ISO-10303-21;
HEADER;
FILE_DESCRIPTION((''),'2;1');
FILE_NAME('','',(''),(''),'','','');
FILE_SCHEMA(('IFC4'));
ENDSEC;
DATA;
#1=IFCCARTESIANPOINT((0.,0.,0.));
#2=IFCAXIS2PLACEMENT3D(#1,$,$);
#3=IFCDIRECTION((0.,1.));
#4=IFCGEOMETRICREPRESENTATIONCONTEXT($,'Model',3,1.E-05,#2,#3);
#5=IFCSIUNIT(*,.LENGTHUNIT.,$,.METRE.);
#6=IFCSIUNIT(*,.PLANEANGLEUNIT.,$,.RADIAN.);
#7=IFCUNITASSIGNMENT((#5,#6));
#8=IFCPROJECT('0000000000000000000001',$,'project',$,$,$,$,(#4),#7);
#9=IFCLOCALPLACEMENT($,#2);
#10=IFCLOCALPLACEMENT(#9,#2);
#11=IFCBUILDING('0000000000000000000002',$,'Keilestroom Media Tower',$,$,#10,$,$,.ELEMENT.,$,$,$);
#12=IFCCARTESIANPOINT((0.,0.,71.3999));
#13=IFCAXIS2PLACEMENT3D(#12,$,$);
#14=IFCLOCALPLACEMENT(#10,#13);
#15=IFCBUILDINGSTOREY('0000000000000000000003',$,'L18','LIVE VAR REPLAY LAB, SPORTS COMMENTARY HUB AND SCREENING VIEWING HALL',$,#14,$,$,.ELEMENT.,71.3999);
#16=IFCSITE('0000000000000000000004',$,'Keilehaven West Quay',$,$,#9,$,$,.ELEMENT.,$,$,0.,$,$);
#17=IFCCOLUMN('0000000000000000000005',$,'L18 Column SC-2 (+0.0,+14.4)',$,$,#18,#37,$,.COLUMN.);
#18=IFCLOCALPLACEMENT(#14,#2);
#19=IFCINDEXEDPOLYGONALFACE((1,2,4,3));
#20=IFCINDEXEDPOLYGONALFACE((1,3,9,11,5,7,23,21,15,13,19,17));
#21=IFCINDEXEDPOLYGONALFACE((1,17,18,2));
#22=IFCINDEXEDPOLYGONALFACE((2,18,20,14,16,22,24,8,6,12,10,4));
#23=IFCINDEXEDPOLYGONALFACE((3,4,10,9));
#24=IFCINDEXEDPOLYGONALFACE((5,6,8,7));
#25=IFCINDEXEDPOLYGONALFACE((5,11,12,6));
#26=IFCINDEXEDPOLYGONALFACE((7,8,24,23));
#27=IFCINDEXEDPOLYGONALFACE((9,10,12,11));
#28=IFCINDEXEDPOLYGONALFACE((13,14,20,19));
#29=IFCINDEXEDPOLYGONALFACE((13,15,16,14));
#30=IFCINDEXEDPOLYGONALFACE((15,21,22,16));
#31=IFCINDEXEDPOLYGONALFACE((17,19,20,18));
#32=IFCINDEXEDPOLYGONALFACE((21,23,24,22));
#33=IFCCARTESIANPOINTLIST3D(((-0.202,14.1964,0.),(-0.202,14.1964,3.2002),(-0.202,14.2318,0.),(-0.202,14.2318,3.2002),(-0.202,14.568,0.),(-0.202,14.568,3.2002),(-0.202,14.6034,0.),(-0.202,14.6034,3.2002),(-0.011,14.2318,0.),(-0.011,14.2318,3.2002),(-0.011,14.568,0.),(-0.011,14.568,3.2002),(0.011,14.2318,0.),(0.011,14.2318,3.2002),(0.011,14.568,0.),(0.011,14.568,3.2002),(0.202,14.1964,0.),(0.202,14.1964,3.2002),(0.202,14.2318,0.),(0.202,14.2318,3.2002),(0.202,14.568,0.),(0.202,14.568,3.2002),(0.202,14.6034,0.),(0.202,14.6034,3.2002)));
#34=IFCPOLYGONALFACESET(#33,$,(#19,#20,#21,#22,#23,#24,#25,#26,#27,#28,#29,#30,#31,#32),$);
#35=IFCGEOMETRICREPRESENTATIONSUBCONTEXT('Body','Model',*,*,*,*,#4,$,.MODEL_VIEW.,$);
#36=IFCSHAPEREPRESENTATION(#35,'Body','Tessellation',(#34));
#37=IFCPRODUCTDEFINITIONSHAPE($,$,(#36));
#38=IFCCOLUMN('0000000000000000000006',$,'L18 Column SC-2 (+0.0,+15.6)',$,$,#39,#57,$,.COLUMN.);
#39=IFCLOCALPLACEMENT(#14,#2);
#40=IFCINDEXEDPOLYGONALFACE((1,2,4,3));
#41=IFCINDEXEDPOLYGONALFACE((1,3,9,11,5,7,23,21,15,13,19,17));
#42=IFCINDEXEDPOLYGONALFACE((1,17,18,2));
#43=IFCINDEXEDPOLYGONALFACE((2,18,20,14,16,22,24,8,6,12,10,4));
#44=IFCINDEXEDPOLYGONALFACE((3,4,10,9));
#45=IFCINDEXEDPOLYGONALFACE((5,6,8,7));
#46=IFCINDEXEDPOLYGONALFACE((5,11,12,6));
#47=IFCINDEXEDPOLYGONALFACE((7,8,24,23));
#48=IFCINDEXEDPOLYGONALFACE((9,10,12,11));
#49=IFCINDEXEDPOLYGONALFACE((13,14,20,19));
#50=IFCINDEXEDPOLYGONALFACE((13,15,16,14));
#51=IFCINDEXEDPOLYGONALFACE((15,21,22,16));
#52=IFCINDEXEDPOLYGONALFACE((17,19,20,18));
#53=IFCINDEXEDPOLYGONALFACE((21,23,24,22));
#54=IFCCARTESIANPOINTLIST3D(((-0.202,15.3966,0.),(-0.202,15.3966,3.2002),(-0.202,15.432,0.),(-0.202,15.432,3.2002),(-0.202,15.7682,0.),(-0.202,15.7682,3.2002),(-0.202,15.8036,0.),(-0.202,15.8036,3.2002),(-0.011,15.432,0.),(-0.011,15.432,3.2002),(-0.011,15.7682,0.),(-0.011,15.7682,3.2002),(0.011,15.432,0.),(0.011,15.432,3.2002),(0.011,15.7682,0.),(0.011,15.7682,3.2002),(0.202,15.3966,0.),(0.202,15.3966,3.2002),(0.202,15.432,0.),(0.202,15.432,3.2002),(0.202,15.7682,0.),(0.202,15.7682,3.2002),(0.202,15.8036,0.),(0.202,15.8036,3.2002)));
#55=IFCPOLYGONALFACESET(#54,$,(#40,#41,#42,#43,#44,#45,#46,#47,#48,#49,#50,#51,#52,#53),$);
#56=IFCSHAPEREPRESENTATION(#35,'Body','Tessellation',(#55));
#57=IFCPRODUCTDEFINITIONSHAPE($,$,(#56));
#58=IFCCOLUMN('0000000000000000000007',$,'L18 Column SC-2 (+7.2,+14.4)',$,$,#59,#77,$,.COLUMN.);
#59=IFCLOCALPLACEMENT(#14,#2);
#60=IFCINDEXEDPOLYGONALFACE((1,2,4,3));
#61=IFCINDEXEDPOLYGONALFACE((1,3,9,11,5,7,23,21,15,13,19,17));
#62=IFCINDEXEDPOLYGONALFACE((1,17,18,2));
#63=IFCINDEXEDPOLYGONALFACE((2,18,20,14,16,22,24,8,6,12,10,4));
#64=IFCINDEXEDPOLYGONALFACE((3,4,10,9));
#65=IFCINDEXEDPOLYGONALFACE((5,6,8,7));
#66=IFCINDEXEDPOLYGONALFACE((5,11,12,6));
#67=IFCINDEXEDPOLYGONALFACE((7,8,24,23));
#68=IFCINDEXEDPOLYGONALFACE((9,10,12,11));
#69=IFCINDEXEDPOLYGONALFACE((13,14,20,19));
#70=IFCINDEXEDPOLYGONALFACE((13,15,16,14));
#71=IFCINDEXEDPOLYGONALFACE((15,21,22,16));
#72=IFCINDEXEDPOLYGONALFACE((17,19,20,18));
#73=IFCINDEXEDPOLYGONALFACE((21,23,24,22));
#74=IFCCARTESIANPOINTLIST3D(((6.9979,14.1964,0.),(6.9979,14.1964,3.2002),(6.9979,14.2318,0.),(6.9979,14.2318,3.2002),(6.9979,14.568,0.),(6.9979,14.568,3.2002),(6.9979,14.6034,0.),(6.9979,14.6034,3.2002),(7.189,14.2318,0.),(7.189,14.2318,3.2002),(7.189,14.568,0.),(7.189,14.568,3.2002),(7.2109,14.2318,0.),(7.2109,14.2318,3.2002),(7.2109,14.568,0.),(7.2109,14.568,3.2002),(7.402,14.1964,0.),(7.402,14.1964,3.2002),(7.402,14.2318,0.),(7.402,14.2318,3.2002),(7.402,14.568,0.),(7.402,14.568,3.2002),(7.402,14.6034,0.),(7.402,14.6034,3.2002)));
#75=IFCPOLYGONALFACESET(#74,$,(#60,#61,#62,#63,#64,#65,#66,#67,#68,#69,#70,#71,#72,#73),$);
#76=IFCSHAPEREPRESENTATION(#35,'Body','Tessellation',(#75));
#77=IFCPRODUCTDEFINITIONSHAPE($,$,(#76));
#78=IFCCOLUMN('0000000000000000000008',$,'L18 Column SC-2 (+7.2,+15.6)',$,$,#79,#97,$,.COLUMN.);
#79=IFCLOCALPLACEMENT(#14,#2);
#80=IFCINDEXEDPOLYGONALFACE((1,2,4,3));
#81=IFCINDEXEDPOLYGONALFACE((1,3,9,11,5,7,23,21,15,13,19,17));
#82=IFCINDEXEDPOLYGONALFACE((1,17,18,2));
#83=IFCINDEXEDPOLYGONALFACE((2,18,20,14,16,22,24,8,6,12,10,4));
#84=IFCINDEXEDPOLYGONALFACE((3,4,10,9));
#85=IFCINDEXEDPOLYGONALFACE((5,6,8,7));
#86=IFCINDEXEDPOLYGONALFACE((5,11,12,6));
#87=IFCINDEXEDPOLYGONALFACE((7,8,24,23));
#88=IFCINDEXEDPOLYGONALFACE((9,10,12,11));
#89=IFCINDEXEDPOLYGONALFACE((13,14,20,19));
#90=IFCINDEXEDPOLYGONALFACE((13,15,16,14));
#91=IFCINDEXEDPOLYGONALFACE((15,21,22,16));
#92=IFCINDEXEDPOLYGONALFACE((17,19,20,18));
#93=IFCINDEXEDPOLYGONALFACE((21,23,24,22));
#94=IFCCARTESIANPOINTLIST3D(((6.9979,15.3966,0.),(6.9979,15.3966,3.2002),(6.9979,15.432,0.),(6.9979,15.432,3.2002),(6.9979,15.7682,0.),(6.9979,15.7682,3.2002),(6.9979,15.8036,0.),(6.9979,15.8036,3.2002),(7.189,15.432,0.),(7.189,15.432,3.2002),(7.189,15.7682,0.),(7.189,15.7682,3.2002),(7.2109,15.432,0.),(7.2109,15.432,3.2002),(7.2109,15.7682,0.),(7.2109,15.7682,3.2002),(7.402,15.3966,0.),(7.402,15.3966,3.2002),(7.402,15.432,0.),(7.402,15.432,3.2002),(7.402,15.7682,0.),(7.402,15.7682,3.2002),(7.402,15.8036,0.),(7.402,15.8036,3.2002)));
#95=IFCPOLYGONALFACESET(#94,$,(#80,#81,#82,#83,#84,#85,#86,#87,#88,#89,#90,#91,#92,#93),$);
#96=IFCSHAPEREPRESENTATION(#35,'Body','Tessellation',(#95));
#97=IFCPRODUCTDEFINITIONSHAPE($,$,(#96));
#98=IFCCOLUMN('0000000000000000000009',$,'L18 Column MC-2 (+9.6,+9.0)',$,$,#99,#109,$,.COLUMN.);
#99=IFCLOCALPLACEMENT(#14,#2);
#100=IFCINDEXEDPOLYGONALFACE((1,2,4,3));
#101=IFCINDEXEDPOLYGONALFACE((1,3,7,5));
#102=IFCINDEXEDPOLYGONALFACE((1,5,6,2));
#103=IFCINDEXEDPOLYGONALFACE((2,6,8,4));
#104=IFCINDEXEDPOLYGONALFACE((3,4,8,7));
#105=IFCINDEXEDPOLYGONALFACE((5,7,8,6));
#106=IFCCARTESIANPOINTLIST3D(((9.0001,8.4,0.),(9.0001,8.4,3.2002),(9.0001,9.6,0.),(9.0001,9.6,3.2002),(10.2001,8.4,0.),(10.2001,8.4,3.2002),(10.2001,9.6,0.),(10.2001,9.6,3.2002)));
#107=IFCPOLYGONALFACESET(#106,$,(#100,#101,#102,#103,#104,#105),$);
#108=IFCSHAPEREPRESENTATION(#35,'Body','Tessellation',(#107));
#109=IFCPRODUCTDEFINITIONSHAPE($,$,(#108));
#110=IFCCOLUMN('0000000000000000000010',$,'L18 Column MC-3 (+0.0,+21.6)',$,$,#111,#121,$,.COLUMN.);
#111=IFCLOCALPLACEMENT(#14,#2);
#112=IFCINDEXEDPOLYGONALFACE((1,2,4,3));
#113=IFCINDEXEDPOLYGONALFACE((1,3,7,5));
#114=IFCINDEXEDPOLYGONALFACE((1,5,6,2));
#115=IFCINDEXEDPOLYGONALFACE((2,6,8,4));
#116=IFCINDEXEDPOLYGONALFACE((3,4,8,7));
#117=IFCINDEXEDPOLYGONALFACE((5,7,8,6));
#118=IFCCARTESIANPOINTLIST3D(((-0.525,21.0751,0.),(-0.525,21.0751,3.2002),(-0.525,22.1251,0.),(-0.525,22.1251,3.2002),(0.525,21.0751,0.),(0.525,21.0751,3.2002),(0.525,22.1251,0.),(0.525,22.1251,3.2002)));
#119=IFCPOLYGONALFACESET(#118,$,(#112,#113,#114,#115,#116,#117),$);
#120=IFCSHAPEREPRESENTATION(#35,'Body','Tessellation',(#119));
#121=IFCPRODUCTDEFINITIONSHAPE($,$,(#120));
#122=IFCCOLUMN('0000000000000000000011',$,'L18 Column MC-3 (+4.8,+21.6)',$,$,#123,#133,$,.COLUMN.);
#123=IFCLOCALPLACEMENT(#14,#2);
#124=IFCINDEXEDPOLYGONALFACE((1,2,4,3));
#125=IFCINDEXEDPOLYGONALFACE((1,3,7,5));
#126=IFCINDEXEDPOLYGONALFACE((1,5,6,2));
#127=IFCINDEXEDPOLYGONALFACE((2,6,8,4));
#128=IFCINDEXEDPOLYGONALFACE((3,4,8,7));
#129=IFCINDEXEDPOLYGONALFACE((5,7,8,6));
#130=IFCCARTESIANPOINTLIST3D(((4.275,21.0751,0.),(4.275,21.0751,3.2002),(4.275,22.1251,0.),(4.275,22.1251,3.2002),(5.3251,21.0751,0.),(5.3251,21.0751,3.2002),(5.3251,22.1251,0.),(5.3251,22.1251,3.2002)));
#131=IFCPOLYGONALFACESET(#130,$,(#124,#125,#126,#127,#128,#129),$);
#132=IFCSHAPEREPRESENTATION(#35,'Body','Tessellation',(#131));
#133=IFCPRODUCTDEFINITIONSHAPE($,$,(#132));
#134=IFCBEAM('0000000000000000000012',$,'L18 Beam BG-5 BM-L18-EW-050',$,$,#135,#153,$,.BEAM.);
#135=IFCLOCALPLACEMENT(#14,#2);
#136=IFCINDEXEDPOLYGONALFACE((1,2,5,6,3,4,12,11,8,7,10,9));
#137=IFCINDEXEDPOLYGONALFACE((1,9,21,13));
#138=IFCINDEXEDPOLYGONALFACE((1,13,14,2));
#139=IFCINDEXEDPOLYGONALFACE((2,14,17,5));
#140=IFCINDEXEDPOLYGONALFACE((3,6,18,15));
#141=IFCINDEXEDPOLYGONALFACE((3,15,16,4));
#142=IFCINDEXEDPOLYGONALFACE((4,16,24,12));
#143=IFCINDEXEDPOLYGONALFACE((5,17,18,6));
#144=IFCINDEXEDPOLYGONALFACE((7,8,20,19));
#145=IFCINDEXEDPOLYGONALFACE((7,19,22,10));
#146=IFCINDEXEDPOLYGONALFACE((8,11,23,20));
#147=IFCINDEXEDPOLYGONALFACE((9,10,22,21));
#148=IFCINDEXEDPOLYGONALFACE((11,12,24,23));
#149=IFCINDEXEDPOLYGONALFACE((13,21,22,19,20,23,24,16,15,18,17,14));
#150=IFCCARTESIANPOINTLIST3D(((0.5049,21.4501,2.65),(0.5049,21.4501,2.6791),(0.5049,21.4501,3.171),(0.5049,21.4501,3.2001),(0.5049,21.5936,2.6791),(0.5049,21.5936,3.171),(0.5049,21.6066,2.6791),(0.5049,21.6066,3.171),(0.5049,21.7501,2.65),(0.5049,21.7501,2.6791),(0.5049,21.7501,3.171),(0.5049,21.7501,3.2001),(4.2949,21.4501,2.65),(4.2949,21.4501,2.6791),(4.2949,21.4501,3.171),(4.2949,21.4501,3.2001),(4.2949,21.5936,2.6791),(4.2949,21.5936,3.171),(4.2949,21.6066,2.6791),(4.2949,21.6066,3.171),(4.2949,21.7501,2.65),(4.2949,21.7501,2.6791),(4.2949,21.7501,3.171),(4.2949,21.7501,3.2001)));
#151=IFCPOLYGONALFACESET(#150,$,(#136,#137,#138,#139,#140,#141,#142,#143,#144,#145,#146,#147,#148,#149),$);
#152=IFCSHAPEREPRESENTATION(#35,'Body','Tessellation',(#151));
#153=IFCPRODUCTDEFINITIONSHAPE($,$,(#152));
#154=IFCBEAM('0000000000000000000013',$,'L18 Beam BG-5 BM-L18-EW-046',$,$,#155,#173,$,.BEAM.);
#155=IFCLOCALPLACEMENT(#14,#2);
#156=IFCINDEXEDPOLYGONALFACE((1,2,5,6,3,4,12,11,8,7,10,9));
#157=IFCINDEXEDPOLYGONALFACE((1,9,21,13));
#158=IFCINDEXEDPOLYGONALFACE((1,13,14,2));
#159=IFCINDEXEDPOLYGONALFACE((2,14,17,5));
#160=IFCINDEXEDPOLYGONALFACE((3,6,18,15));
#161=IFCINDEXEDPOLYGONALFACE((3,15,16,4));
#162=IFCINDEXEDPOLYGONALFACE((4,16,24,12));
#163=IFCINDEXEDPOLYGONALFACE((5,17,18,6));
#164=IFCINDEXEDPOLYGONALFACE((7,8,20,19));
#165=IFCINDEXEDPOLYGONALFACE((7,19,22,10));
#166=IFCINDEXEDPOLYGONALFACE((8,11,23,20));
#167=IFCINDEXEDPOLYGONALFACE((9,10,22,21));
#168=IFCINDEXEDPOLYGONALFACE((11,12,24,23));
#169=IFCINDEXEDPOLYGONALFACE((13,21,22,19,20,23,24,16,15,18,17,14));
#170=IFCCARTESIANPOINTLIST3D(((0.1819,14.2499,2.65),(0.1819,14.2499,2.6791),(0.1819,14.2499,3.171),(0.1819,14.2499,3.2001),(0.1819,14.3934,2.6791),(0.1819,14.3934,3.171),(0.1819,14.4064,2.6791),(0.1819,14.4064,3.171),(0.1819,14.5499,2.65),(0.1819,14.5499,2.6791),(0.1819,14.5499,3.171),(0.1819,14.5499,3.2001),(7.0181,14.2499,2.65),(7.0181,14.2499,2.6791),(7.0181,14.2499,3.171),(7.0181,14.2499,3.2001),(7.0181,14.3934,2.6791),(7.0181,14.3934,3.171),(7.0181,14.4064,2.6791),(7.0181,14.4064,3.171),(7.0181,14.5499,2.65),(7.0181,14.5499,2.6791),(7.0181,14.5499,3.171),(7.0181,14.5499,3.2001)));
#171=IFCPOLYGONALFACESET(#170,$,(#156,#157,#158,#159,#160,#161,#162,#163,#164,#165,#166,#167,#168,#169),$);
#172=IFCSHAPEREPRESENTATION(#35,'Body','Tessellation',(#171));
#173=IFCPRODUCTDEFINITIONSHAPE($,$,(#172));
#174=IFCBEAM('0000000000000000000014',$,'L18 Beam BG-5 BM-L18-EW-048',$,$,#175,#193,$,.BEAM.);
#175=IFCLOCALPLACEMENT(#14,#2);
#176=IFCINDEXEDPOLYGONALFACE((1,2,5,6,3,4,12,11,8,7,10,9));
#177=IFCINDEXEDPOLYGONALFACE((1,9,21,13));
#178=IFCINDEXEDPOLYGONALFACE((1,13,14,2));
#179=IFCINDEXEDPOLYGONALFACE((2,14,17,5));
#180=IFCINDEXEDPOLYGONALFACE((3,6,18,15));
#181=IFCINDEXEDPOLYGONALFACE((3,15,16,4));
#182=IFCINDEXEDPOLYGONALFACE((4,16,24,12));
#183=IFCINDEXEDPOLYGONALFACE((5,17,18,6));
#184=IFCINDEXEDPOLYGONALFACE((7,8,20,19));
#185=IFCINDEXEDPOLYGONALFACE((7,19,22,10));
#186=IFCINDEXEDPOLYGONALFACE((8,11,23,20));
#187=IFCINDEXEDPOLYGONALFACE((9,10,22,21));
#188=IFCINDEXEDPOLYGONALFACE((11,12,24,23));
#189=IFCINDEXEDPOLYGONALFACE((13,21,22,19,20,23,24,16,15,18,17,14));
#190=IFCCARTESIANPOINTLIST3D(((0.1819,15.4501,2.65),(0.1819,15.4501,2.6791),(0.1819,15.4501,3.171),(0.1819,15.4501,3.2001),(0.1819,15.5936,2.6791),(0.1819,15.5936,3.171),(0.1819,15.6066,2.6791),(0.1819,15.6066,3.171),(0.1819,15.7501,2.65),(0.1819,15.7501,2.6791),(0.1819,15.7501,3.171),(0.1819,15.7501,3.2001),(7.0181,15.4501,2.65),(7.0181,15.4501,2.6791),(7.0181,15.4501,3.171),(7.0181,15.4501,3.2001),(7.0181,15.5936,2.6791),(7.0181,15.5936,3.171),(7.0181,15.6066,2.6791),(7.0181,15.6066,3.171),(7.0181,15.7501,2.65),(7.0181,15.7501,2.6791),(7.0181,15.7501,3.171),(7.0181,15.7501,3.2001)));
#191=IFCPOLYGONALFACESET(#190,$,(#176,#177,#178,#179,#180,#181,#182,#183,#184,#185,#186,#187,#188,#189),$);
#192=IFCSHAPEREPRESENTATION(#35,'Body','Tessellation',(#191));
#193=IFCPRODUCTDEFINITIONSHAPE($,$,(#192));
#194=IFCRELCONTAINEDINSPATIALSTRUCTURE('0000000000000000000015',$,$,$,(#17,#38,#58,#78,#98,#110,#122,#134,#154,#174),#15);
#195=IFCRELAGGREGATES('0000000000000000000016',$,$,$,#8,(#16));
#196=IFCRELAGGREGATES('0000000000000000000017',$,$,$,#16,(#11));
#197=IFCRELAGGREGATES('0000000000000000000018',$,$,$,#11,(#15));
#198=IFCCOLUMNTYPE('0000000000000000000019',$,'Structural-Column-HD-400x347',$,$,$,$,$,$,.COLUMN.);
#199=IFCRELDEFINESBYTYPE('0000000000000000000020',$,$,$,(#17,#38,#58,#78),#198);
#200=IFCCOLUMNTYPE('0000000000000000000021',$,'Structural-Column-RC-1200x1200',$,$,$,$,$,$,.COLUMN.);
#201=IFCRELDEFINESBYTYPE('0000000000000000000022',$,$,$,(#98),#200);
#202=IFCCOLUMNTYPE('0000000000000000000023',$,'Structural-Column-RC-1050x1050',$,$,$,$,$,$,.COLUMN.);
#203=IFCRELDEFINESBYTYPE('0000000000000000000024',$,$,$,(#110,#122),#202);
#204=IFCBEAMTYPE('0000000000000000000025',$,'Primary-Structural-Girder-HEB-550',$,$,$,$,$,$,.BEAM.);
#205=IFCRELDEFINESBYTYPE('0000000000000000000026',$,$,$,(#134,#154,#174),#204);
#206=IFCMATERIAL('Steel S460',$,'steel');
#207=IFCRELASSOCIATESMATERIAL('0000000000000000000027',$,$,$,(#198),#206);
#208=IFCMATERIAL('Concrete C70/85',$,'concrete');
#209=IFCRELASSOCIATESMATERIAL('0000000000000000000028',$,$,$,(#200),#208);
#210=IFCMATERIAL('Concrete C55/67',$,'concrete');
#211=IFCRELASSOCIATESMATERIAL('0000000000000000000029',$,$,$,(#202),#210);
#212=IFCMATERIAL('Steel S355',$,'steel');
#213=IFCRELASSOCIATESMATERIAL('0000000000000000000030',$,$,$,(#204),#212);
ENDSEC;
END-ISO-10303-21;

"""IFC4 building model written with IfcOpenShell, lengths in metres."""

from ifc_helpers import new_model, si_unit, direction, frame, origin, origin_2d, place, context, subcontext, project, spatial, rectangle, i_section, extrude, source, transform, mapped, material, material_profile, profile_set, type_object, element, save


model = new_model("IFC4")

# Units and contexts
model_context = context("Model", 3, precision=1e-05, world=origin(), true_north=direction((0.0, 1.0)))
body_context = subcontext(model_context, "Body", "Model", "MODEL_VIEW")
ifc_project = project(units=[si_unit("LENGTHUNIT", "METRE"), si_unit("PLANEANGLEUNIT", "RADIAN")], contexts=[model_context])

# Site, building, storey
site_placement = place(None, origin())
site = spatial("IfcSite", under=ifc_project, at=site_placement, Name="Keilehaven West Quay", CompositionType="ELEMENT", RefElevation=0.0)
building_placement = place(site_placement, origin())
building = spatial("IfcBuilding", under=site, at=building_placement, Name="Keilestroom Media Tower", CompositionType="ELEMENT")
storey_placement = place(building_placement, frame((0.0, 0.0, 71.3999)))
storey = spatial("IfcBuildingStorey", under=building, at=storey_placement, Name="L18", Description="LIVE VAR REPLAY LAB, SPORTS COMMENTARY HUB AND SCREENING VIEWING HALL", CompositionType="ELEMENT", Elevation=71.3999)

# Columns
ifc_material_1 = material(Name="Steel S460", Category="steel")
ifc_material_profile_1 = material_profile(ifc_material_1, i_section(OverallWidth=0.4041, OverallDepth=0.407, WebThickness=0.022, FlangeThickness=0.0354, at=origin_2d()), Name="HD 400x347")
ifc_profile_set_1 = profile_set([ifc_material_profile_1], Name="Steel S460")
column_type_1 = type_object("IfcColumnType", Name="Structural-Column-HD-400x347", PredefinedType="COLUMN", material=ifc_profile_set_1)
shared_shape_1 = source(origin(), body_context, "Body", "SweptSolid", [
    extrude(i_section(OverallWidth=0.4041, OverallDepth=0.407, WebThickness=0.022, FlangeThickness=0.0354, at=origin_2d()), origin(), (0.0, 0.0, 1.0), 3.2002),
])
for number, where, z_axis, x_axis, name in (
    (1, (0.0, 14.3999, 0.0), (0.0, 0.0, 1.0), (1.0, 0.0, 0.0), "L18 Column SC-2 (+0.0,+14.4)"),
    (2, (0.0, 15.6001, 0.0), (0.0, 0.0, 1.0), (1.0, 0.0, 0.0), "L18 Column SC-2 (+0.0,+15.6)"),
    (3, (7.2, 14.3999, 0.0), (0.0, 0.0, 1.0), (1.0, 0.0, 0.0), "L18 Column SC-2 (+7.2,+14.4)"),
    (4, (7.2, 15.6001, 0.0), (0.0, 0.0, 1.0), (1.0, 0.0, 0.0), "L18 Column SC-2 (+7.2,+15.6)"),
):
    element("IfcColumn", number, at=place(storey_placement, frame(where, z_axis=z_axis, x_axis=x_axis)), inside=storey, type_object=column_type_1, Name=name, PredefinedType="COLUMN", context=body_context, shape_type="MappedRepresentation", body=[
        mapped(shared_shape_1, transform((0.0, 0.0, 0.0), x_axis=(1.0, 0.0, 0.0), y_axis=(0.0, 1.0, 0.0), z_axis=(0.0, 0.0, 1.0), scale=1.0)),
    ])
ifc_material_2 = material(Name="Concrete C70/85", Category="concrete")
ifc_material_profile_2 = material_profile(ifc_material_2, rectangle(XDim=1.2, YDim=1.2, at=origin_2d()), Name="RC 1200x1200")
ifc_profile_set_2 = profile_set([ifc_material_profile_2], Name="Concrete C70/85")
column_type_2 = type_object("IfcColumnType", Name="Structural-Column-RC-1200x1200", PredefinedType="COLUMN", material=ifc_profile_set_2)
shared_shape_2 = source(origin(), body_context, "Body", "SweptSolid", [
    extrude(rectangle(XDim=1.2, YDim=1.2, at=origin_2d()), origin(), (0.0, 0.0, 1.0), 3.2002),
])
column_placement = place(storey_placement, frame((9.6001, 9.0, 0.0), z_axis=(0.0, 0.0, 1.0), x_axis=(1.0, 0.0, 0.0)))
element("IfcColumn", 5, at=column_placement, inside=storey, type_object=column_type_2, Name="L18 Column MC-2 (+9.6,+9.0)", PredefinedType="COLUMN", context=body_context, shape_type="MappedRepresentation", body=[
    mapped(shared_shape_2, transform((0.0, 0.0, 0.0), x_axis=(1.0, 0.0, 0.0), y_axis=(0.0, 1.0, 0.0), z_axis=(0.0, 0.0, 1.0), scale=1.0)),
])
ifc_material_3 = material(Name="Concrete C55/67", Category="concrete")
ifc_material_profile_3 = material_profile(ifc_material_3, rectangle(XDim=1.05, YDim=1.05, at=origin_2d()), Name="RC 1050x1050")
ifc_profile_set_3 = profile_set([ifc_material_profile_3], Name="Concrete C55/67")
column_type_3 = type_object("IfcColumnType", Name="Structural-Column-RC-1050x1050", PredefinedType="COLUMN", material=ifc_profile_set_3)
shared_shape_3 = source(origin(), body_context, "Body", "SweptSolid", [
    extrude(rectangle(XDim=1.05, YDim=1.05, at=origin_2d()), origin(), (0.0, 0.0, 1.0), 3.2002),
])
for number, where, z_axis, x_axis, name in (
    (6, (0.0, 21.6001, 0.0), (0.0, 0.0, 1.0), (1.0, 0.0, 0.0), "L18 Column MC-3 (+0.0,+21.6)"),
    (7, (4.8, 21.6001, 0.0), (0.0, 0.0, 1.0), (1.0, 0.0, 0.0), "L18 Column MC-3 (+4.8,+21.6)"),
):
    element("IfcColumn", number, at=place(storey_placement, frame(where, z_axis=z_axis, x_axis=x_axis)), inside=storey, type_object=column_type_3, Name=name, PredefinedType="COLUMN", context=body_context, shape_type="MappedRepresentation", body=[
        mapped(shared_shape_3, transform((0.0, 0.0, 0.0), x_axis=(1.0, 0.0, 0.0), y_axis=(0.0, 1.0, 0.0), z_axis=(0.0, 0.0, 1.0), scale=1.0)),
    ])

# Beams
ifc_material_4 = material(Name="Steel S355", Category="steel")
ifc_material_profile_4 = material_profile(ifc_material_4, i_section(OverallWidth=0.3, OverallDepth=0.55, WebThickness=0.0129, FlangeThickness=0.0291, at=origin_2d()), Name="HEB 550")
ifc_profile_set_4 = profile_set([ifc_material_profile_4], Name="Steel S355")
beam_type_1 = type_object("IfcBeamType", Name="Primary-Structural-Girder-HEB-550", PredefinedType="BEAM", material=ifc_profile_set_4)
shared_shape_4 = source(origin(), body_context, "Body", "SweptSolid", [
    extrude(i_section(OverallWidth=0.3, OverallDepth=0.55, WebThickness=0.0129, FlangeThickness=0.0291, at=origin_2d()), origin(), (0.0, 0.0, 1.0), 3.79),
])
beam_1_placement = place(storey_placement, frame((0.5049, 21.6001, 2.925), z_axis=(1.0, 0.0, 0.0), x_axis=(0.0, 1.0, 0.0)))
element("IfcBeam", 8, at=beam_1_placement, inside=storey, type_object=beam_type_1, Name="L18 Beam BG-5 BM-L18-EW-050", PredefinedType="BEAM", context=body_context, shape_type="MappedRepresentation", body=[
    mapped(shared_shape_4, transform((0.0, 0.0, 0.0), x_axis=(1.0, 0.0, 0.0), y_axis=(0.0, 1.0, 0.0), z_axis=(0.0, 0.0, 1.0), scale=1.0)),
])
shared_shape_5 = source(origin(), body_context, "Body", "SweptSolid", [
    extrude(i_section(OverallWidth=0.3, OverallDepth=0.55, WebThickness=0.0129, FlangeThickness=0.0291, at=origin_2d()), origin(), (0.0, 0.0, 1.0), 6.8362),
])
for number, where, z_axis, x_axis, name in (
    (9, (0.1819, 14.3999, 2.925), (1.0, 0.0, 0.0), (0.0, 1.0, 0.0), "L18 Beam BG-5 BM-L18-EW-046"),
    (10, (0.1819, 15.6001, 2.925), (1.0, 0.0, 0.0), (0.0, 1.0, 0.0), "L18 Beam BG-5 BM-L18-EW-048"),
):
    element("IfcBeam", number, at=place(storey_placement, frame(where, z_axis=z_axis, x_axis=x_axis)), inside=storey, type_object=beam_type_1, Name=name, PredefinedType="BEAM", context=body_context, shape_type="MappedRepresentation", body=[
        mapped(shared_shape_5, transform((0.0, 0.0, 0.0), x_axis=(1.0, 0.0, 0.0), y_axis=(0.0, 1.0, 0.0), z_axis=(0.0, 0.0, 1.0), scale=1.0)),
    ])

save(model, "model.ifc")
